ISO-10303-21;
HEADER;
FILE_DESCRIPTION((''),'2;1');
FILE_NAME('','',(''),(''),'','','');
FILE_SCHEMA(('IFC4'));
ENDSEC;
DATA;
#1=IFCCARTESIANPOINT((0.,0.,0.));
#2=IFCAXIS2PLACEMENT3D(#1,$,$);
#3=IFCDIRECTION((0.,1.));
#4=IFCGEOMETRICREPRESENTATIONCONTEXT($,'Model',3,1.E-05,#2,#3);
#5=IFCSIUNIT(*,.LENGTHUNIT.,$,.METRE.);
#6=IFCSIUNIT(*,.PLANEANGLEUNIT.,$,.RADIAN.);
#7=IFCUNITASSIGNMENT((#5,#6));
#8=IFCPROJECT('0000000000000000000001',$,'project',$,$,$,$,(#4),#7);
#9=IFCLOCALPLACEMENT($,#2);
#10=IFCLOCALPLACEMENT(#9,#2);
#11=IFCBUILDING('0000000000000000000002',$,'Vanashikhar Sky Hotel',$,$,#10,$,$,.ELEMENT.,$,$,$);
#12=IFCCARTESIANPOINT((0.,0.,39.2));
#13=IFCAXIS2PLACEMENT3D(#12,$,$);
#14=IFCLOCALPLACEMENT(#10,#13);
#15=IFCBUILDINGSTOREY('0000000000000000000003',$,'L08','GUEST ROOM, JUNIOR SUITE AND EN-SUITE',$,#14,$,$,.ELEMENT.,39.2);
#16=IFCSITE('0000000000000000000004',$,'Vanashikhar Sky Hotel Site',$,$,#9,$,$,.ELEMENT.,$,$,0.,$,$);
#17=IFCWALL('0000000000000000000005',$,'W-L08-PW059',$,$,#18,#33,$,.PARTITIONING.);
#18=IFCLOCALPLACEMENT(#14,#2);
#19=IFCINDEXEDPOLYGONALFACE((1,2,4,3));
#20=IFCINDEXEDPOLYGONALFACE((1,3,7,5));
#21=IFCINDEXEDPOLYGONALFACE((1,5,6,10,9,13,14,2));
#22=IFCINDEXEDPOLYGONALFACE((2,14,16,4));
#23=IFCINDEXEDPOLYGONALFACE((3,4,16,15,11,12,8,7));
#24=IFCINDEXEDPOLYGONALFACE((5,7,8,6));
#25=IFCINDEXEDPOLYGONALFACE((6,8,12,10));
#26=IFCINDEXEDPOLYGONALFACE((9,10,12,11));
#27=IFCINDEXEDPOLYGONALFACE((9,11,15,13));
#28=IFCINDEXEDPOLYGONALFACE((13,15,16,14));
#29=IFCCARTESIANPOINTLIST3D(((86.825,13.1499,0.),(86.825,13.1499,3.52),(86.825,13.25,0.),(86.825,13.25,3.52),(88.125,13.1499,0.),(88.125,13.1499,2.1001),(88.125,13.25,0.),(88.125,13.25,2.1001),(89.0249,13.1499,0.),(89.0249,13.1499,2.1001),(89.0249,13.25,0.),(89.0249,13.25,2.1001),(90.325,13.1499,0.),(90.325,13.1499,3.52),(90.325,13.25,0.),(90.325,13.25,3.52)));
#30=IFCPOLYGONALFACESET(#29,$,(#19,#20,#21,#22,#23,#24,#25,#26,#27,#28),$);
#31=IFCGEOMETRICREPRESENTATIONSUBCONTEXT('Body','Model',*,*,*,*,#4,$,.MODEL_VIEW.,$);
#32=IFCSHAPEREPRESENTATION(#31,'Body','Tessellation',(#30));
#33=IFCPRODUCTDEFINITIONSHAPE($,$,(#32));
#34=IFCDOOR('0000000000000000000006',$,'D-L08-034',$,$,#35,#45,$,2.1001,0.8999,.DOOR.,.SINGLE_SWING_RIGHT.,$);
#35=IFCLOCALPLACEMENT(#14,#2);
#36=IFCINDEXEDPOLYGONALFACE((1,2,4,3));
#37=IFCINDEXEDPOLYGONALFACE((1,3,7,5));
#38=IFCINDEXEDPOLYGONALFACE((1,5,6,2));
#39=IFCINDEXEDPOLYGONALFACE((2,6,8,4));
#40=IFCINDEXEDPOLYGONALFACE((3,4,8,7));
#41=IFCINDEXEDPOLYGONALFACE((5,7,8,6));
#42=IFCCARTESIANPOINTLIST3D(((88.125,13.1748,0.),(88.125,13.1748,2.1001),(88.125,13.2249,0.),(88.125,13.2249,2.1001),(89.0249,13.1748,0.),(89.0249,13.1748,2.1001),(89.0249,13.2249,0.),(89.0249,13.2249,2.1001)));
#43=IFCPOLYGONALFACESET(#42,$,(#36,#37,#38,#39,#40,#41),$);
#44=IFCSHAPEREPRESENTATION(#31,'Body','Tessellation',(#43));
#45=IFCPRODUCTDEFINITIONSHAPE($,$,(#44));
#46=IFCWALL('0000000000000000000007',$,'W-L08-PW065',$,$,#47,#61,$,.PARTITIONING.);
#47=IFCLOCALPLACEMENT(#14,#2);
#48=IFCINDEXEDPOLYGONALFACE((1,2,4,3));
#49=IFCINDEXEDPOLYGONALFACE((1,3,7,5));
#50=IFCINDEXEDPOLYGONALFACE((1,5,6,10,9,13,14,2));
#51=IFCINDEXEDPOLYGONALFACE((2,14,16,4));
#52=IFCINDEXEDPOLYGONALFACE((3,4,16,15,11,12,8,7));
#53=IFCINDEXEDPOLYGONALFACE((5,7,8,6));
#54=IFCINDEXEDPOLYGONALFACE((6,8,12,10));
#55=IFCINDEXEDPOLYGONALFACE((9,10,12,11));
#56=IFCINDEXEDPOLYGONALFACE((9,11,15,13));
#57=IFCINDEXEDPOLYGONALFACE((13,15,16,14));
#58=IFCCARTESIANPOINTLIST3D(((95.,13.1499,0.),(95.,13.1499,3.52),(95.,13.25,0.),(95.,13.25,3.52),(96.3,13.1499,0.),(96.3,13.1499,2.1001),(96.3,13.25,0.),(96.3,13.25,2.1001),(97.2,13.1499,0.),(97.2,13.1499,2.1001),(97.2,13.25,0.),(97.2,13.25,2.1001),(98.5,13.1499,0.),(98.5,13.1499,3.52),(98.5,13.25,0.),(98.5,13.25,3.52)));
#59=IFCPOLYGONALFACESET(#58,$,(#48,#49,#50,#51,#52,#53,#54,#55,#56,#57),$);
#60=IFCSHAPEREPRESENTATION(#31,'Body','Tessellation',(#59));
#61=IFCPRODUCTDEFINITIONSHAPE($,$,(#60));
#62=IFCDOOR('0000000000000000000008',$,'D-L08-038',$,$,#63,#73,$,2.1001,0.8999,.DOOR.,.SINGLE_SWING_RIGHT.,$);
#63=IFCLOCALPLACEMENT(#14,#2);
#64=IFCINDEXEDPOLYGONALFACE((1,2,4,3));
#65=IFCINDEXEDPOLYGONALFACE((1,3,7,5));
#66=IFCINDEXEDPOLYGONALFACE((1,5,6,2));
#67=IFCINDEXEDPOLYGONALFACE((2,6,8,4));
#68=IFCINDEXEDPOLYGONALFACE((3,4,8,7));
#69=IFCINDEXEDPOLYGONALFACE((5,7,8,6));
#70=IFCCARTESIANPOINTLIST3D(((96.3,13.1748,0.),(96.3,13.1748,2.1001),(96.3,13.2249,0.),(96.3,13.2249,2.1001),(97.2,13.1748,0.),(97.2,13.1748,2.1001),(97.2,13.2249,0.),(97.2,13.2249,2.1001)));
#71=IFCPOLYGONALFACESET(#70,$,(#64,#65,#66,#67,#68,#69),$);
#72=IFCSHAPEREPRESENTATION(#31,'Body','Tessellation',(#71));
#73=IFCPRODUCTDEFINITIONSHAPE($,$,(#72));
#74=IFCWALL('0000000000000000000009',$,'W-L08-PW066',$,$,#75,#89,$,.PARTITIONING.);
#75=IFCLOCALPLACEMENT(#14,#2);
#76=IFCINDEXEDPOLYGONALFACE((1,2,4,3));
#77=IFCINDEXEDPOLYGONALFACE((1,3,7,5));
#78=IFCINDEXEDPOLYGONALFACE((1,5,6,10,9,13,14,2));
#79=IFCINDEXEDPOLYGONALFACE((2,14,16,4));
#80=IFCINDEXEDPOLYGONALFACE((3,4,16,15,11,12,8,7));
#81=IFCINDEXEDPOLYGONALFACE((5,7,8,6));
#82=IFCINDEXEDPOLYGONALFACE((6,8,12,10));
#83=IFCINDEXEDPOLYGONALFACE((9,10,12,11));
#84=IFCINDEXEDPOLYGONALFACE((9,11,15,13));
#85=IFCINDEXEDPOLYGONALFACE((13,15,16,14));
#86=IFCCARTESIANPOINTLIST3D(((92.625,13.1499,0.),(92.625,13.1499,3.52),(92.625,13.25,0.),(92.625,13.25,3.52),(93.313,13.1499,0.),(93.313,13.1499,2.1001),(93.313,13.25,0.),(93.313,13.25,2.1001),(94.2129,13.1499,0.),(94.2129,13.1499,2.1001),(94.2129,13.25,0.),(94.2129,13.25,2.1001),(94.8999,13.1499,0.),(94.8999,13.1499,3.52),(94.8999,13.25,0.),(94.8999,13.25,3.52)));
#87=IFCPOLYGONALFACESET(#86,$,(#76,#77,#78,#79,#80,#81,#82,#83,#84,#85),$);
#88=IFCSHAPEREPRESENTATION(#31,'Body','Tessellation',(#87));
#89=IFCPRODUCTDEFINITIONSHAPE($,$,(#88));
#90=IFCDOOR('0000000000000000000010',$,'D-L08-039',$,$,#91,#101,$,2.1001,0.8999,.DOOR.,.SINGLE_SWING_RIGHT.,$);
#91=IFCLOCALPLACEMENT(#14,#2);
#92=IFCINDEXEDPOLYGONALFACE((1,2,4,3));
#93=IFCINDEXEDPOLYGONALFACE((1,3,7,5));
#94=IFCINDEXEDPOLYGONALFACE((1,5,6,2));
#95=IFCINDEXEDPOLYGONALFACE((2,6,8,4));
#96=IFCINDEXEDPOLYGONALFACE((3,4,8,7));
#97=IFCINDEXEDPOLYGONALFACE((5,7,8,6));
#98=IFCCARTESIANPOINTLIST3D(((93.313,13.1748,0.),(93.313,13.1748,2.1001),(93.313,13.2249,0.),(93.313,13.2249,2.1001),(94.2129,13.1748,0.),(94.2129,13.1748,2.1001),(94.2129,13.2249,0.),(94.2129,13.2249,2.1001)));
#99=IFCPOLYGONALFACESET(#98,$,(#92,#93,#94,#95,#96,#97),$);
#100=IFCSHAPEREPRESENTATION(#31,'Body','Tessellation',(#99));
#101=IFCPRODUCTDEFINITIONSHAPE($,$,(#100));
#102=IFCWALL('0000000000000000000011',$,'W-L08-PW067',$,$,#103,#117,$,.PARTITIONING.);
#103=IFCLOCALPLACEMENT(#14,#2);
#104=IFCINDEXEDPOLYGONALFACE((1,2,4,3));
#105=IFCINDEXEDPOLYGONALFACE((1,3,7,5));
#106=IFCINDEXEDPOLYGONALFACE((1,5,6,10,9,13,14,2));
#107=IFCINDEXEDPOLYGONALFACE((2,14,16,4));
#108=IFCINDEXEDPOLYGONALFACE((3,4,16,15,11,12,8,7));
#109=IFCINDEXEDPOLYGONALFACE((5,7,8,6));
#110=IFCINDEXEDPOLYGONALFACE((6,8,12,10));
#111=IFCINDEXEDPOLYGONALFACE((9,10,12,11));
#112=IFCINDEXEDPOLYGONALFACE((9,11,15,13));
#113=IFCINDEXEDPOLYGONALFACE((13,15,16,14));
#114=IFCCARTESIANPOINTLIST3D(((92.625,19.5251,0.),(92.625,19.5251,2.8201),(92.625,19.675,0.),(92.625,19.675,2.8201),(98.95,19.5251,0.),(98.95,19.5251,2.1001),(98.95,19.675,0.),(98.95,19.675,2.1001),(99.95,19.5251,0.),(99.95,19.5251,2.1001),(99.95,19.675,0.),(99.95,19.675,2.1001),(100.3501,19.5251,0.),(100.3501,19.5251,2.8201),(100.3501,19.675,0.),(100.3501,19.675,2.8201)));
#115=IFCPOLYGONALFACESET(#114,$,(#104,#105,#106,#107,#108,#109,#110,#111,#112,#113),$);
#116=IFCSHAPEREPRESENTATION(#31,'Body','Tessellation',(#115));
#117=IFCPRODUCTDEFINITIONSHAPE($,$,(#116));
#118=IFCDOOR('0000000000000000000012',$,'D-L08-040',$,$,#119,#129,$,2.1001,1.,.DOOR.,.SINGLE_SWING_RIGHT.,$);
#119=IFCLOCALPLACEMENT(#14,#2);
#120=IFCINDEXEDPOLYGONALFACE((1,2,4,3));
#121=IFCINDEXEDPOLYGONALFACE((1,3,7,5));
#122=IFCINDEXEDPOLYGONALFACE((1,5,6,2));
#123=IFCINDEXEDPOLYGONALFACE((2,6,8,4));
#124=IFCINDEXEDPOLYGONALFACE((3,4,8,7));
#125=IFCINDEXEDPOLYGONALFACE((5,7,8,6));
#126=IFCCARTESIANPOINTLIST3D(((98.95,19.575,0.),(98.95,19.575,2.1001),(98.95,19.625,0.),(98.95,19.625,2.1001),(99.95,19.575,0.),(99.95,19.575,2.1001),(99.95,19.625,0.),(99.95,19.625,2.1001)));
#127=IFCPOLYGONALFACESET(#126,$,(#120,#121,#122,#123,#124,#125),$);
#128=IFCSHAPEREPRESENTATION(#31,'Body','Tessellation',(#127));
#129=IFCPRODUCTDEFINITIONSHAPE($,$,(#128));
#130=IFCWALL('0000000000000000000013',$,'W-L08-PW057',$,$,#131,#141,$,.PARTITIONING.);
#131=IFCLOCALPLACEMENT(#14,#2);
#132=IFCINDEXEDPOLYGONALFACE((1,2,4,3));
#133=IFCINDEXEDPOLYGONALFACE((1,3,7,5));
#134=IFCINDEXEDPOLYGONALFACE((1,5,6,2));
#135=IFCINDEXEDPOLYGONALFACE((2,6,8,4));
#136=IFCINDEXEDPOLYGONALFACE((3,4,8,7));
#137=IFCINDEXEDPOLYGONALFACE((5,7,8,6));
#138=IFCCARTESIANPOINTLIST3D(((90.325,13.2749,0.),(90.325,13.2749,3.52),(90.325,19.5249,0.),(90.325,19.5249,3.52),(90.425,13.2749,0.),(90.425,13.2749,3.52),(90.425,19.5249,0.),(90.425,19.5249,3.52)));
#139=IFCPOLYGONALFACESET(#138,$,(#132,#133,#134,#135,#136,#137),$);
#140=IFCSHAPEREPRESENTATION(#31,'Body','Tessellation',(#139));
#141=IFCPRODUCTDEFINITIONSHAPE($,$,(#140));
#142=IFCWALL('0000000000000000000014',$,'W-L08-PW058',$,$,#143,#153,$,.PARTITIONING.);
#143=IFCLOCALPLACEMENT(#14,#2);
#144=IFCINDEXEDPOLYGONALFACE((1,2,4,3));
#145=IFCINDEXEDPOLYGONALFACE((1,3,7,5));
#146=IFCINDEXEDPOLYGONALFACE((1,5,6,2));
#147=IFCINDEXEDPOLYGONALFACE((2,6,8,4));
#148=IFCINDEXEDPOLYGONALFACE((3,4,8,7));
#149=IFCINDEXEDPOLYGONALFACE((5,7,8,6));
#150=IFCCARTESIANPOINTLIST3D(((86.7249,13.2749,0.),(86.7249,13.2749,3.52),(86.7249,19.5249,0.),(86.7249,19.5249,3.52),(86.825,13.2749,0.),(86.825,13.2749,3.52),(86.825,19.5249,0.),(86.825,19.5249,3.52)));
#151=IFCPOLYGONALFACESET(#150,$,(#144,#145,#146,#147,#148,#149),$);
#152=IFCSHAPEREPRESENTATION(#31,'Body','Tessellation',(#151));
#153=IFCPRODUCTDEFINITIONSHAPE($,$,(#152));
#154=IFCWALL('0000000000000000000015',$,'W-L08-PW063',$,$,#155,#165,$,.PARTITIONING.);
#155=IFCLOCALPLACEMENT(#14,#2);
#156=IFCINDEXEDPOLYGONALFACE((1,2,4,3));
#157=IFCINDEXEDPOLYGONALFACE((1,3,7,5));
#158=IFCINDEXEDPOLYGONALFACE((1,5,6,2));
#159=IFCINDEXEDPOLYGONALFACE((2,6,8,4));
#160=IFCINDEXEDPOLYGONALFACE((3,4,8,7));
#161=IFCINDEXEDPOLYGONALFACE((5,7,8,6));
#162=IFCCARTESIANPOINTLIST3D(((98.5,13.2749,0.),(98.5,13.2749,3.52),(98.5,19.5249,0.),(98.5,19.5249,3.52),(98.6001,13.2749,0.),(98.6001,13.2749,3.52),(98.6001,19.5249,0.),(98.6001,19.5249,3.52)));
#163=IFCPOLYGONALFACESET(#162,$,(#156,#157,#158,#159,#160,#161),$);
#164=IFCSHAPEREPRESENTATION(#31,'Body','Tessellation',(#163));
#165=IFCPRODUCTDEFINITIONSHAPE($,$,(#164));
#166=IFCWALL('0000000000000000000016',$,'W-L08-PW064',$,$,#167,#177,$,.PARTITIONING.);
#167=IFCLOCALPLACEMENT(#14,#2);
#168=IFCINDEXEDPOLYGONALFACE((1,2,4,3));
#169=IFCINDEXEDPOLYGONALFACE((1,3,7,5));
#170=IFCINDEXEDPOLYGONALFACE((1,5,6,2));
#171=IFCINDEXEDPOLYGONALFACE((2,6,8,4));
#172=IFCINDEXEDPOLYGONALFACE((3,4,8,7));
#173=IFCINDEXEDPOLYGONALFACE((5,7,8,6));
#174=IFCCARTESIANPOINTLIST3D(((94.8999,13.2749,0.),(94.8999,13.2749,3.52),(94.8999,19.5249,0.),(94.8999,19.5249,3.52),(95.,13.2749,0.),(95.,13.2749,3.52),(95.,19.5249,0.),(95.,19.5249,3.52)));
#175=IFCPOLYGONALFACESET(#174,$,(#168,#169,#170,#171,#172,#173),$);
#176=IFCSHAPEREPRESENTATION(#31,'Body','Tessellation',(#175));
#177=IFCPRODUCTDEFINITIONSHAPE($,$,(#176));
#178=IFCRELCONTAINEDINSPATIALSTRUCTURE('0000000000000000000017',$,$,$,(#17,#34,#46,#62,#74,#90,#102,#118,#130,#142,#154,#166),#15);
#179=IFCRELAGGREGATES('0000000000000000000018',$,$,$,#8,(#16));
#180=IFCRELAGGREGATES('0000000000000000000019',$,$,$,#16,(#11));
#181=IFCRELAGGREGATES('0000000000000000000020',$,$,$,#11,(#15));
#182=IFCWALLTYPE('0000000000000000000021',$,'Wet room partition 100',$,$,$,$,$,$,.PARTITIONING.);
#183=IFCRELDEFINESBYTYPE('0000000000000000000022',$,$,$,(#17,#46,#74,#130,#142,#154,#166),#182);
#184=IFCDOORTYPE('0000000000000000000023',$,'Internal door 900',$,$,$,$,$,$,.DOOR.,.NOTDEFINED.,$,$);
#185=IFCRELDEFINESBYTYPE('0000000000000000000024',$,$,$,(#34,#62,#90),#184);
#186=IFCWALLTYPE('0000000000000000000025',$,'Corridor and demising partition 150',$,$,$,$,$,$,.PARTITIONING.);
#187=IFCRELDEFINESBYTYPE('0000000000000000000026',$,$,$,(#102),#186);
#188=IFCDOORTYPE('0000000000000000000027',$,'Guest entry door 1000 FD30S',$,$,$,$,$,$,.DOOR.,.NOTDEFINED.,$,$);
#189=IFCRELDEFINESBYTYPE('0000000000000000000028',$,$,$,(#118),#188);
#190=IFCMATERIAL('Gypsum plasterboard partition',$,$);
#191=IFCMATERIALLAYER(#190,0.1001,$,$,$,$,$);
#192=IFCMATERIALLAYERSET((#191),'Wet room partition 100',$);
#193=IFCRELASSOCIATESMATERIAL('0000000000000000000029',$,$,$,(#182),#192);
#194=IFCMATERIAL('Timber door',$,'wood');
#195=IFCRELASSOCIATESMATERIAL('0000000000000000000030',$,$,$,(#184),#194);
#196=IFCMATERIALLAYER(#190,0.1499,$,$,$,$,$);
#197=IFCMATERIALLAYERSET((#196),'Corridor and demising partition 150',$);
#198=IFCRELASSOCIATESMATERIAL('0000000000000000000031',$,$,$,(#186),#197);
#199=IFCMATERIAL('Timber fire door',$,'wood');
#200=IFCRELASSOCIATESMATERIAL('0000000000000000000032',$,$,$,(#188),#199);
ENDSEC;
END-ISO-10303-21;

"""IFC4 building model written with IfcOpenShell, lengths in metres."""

from ifc_helpers import new_model, si_unit, direction, frame, frame_2d, origin, place, context, subcontext, project, spatial, rectangle, extrude, source, transform, mapped, material, layer, layer_set, type_object, element, fill, save


model = new_model("IFC4")

# Units and contexts
model_context = context("Model", 3, precision=1e-05, world=origin(), true_north=direction((0.0, 1.0)))
body_context = subcontext(model_context, "Body", "Model", "MODEL_VIEW")
ifc_project = project(units=[si_unit("LENGTHUNIT", "METRE"), si_unit("PLANEANGLEUNIT", "RADIAN")], contexts=[model_context])

# Site, building, storey
site_placement = place(None, origin())
site = spatial("IfcSite", under=ifc_project, at=site_placement, Name="Vanashikhar Sky Hotel Site", CompositionType="ELEMENT", RefElevation=0.0)
building_placement = place(site_placement, origin())
building = spatial("IfcBuilding", under=site, at=building_placement, Name="Vanashikhar Sky Hotel", CompositionType="ELEMENT")
storey_placement = place(building_placement, frame((0.0, 0.0, 39.2)))
storey = spatial("IfcBuildingStorey", under=building, at=storey_placement, Name="L08", Description="GUEST ROOM, JUNIOR SUITE AND EN-SUITE", CompositionType="ELEMENT", Elevation=39.2)

# Walls, openings, doors
ifc_material_1 = material(Name="Gypsum plasterboard partition")
ifc_layer_1 = layer(ifc_material_1, 0.1001)
ifc_layer_set_1 = layer_set([ifc_layer_1], Name="Wet room partition 100")
wall_type_1 = type_object("IfcWallType", Name="Wet room partition 100", PredefinedType="PARTITIONING", material=ifc_layer_set_1)
shared_shape_1 = source(origin(), body_context, "Body", "SweptSolid", [
    extrude(rectangle(XDim=3.5, YDim=0.1001, at=frame_2d((1.75, 0.0))), origin(), (0.0, 0.0, 1.0), 3.52),
])
wall_1_placement = place(storey_placement, frame((86.825, 13.2, 0.0), z_axis=(0.0, 0.0, 1.0), x_axis=(1.0, 0.0, 0.0)))
wall_1 = element("IfcWall", 1, at=wall_1_placement, inside=storey, type_object=wall_type_1, Name="W-L08-PW059", PredefinedType="PARTITIONING", context=body_context, shape_type="MappedRepresentation", body=[
    mapped(shared_shape_1, transform((0.0, 0.0, 0.0), scale=1.0)),
])
shared_shape_2 = source(origin(), body_context, "Body", "SweptSolid", [
    extrude(rectangle(XDim=0.8999, YDim=2.1001, at=frame_2d((0.45, 1.05))), frame((0.0, 0.0601, 0.0), z_axis=(0.0, -1.0, 0.0), x_axis=(1.0, 0.0, 0.0)), (0.0, 0.0, 1.0), 0.1201),
])
opening_1_placement = place(wall_1_placement, frame((1.3, 0.0, 0.0)))
opening_1 = element("IfcOpeningElement", 2, at=opening_1_placement, cuts=wall_1, PredefinedType="OPENING", context=body_context, shape_type="MappedRepresentation", body=[
    mapped(shared_shape_2, transform((0.0, 0.0, 0.0), scale=1.0)),
])
ifc_material_2 = material(Name="Timber door", Category="wood")
door_type_1 = type_object("IfcDoorType", Name="Internal door 900", OperationType="NOTDEFINED", PredefinedType="DOOR", material=ifc_material_2)
shared_shape_3 = source(origin(), body_context, "Body", "SweptSolid", [
    extrude(rectangle(XDim=0.8999, YDim=2.1001, at=frame_2d((0.45, 1.05))), frame((0.0, 0.0249, 0.0), z_axis=(0.0, -1.0, 0.0), x_axis=(1.0, 0.0, 0.0)), (0.0, 0.0, 1.0), 0.05),
])
door_1_placement = place(opening_1_placement, origin())
door_1 = element("IfcDoor", 3, at=door_1_placement, inside=storey, type_object=door_type_1, Name="D-L08-034", OperationType="SINGLE_SWING_RIGHT", OverallHeight=2.1001, OverallWidth=0.8999, PredefinedType="DOOR", context=body_context, shape_type="MappedRepresentation", body=[
    mapped(shared_shape_3, transform((0.0, 0.0, 0.0), scale=1.0)),
])
fill(opening_1, door_1)
wall_2_placement = place(storey_placement, frame((95.0, 13.2, 0.0), z_axis=(0.0, 0.0, 1.0), x_axis=(1.0, 0.0, 0.0)))
wall_2 = element("IfcWall", 4, at=wall_2_placement, inside=storey, type_object=wall_type_1, Name="W-L08-PW065", PredefinedType="PARTITIONING", context=body_context, shape_type="MappedRepresentation", body=[
    mapped(shared_shape_1, transform((0.0, 0.0, 0.0), scale=1.0)),
])
opening_2_placement = place(wall_2_placement, frame((1.3, 0.0, 0.0)))
opening_2 = element("IfcOpeningElement", 5, at=opening_2_placement, cuts=wall_2, PredefinedType="OPENING", context=body_context, shape_type="MappedRepresentation", body=[
    mapped(shared_shape_2, transform((0.0, 0.0, 0.0), scale=1.0)),
])
door_2_placement = place(opening_2_placement, origin())
door_2 = element("IfcDoor", 6, at=door_2_placement, inside=storey, type_object=door_type_1, Name="D-L08-038", OperationType="SINGLE_SWING_RIGHT", OverallHeight=2.1001, OverallWidth=0.8999, PredefinedType="DOOR", context=body_context, shape_type="MappedRepresentation", body=[
    mapped(shared_shape_3, transform((0.0, 0.0, 0.0), scale=1.0)),
])
fill(opening_2, door_2)
shared_shape_4 = source(origin(), body_context, "Body", "SweptSolid", [
    extrude(rectangle(XDim=2.2749, YDim=0.1001, at=frame_2d((1.1375, 0.0))), origin(), (0.0, 0.0, 1.0), 3.52),
])
wall_3_placement = place(storey_placement, frame((92.625, 13.2, 0.0), z_axis=(0.0, 0.0, 1.0), x_axis=(1.0, 0.0, 0.0)))
wall_3 = element("IfcWall", 7, at=wall_3_placement, inside=storey, type_object=wall_type_1, Name="W-L08-PW066", PredefinedType="PARTITIONING", context=body_context, shape_type="MappedRepresentation", body=[
    mapped(shared_shape_4, transform((0.0, 0.0, 0.0), scale=1.0)),
])
opening_3_placement = place(wall_3_placement, frame((0.688, 0.0, 0.0)))
opening_3 = element("IfcOpeningElement", 8, at=opening_3_placement, cuts=wall_3, PredefinedType="OPENING", context=body_context, shape_type="MappedRepresentation", body=[
    mapped(shared_shape_2, transform((0.0, 0.0, 0.0), scale=1.0)),
])
door_3_placement = place(opening_3_placement, origin())
door_3 = element("IfcDoor", 9, at=door_3_placement, inside=storey, type_object=door_type_1, Name="D-L08-039", OperationType="SINGLE_SWING_RIGHT", OverallHeight=2.1001, OverallWidth=0.8999, PredefinedType="DOOR", context=body_context, shape_type="MappedRepresentation", body=[
    mapped(shared_shape_3, transform((0.0, 0.0, 0.0), scale=1.0)),
])
fill(opening_3, door_3)
ifc_layer_2 = layer(ifc_material_1, 0.1499)
ifc_layer_set_2 = layer_set([ifc_layer_2], Name="Corridor and demising partition 150")
wall_type_2 = type_object("IfcWallType", Name="Corridor and demising partition 150", PredefinedType="PARTITIONING", material=ifc_layer_set_2)
shared_shape_5 = source(origin(), body_context, "Body", "SweptSolid", [
    extrude(rectangle(XDim=7.7251, YDim=0.1499, at=frame_2d((3.8625, 0.0))), origin(), (0.0, 0.0, 1.0), 2.8201),
])
wall_4_placement = place(storey_placement, frame((92.625, 19.6001, 0.0), z_axis=(0.0, 0.0, 1.0), x_axis=(1.0, 0.0, 0.0)))
wall_4 = element("IfcWall", 10, at=wall_4_placement, inside=storey, type_object=wall_type_2, Name="W-L08-PW067", PredefinedType="PARTITIONING", context=body_context, shape_type="MappedRepresentation", body=[
    mapped(shared_shape_5, transform((0.0, 0.0, 0.0), scale=1.0)),
])
shared_shape_6 = source(origin(), body_context, "Body", "SweptSolid", [
    extrude(rectangle(XDim=1.0, YDim=2.1001, at=frame_2d((0.5, 1.05))), frame((0.0, 0.085, 0.0), z_axis=(0.0, -1.0, 0.0), x_axis=(1.0, 0.0, 0.0)), (0.0, 0.0, 1.0), 0.1699),
])
opening_4_placement = place(wall_4_placement, frame((6.325, 0.0, 0.0)))
opening_4 = element("IfcOpeningElement", 11, at=opening_4_placement, cuts=wall_4, PredefinedType="OPENING", context=body_context, shape_type="MappedRepresentation", body=[
    mapped(shared_shape_6, transform((0.0, 0.0, 0.0), scale=1.0)),
])
ifc_material_3 = material(Name="Timber fire door", Category="wood")
door_type_2 = type_object("IfcDoorType", Name="Guest entry door 1000 FD30S", OperationType="NOTDEFINED", PredefinedType="DOOR", material=ifc_material_3)
shared_shape_7 = source(origin(), body_context, "Body", "SweptSolid", [
    extrude(rectangle(XDim=1.0, YDim=2.1001, at=frame_2d((0.5, 1.05))), frame((0.0, 0.0249, 0.0), z_axis=(0.0, -1.0, 0.0), x_axis=(1.0, 0.0, 0.0)), (0.0, 0.0, 1.0), 0.05),
])
door_4_placement = place(opening_4_placement, origin())
door_4 = element("IfcDoor", 12, at=door_4_placement, inside=storey, type_object=door_type_2, Name="D-L08-040", OperationType="SINGLE_SWING_RIGHT", OverallHeight=2.1001, OverallWidth=1.0, PredefinedType="DOOR", context=body_context, shape_type="MappedRepresentation", body=[
    mapped(shared_shape_7, transform((0.0, 0.0, 0.0), scale=1.0)),
])
fill(opening_4, door_4)

# Walls
shared_shape_8 = source(origin(), body_context, "Body", "SweptSolid", [
    extrude(rectangle(XDim=6.25, YDim=0.1001, at=frame_2d((3.125, 0.0))), origin(), (0.0, 0.0, 1.0), 3.52),
])
for number, where, z_axis, x_axis, name in (
    (13, (90.375, 13.2749, 0.0), (0.0, 0.0, 1.0), (0.0, 1.0, 0.0), "W-L08-PW057"),
    (14, (86.7749, 13.2749, 0.0), (0.0, 0.0, 1.0), (0.0, 1.0, 0.0), "W-L08-PW058"),
    (15, (98.55, 13.2749, 0.0), (0.0, 0.0, 1.0), (0.0, 1.0, 0.0), "W-L08-PW063"),
    (16, (94.95, 13.2749, 0.0), (0.0, 0.0, 1.0), (0.0, 1.0, 0.0), "W-L08-PW064"),
):
    element("IfcWall", number, at=place(storey_placement, frame(where, z_axis=z_axis, x_axis=x_axis)), inside=storey, type_object=wall_type_1, Name=name, PredefinedType="PARTITIONING", context=body_context, shape_type="MappedRepresentation", body=[
        mapped(shared_shape_8, transform((0.0, 0.0, 0.0), scale=1.0)),
    ])

save(model, "model.ifc")
